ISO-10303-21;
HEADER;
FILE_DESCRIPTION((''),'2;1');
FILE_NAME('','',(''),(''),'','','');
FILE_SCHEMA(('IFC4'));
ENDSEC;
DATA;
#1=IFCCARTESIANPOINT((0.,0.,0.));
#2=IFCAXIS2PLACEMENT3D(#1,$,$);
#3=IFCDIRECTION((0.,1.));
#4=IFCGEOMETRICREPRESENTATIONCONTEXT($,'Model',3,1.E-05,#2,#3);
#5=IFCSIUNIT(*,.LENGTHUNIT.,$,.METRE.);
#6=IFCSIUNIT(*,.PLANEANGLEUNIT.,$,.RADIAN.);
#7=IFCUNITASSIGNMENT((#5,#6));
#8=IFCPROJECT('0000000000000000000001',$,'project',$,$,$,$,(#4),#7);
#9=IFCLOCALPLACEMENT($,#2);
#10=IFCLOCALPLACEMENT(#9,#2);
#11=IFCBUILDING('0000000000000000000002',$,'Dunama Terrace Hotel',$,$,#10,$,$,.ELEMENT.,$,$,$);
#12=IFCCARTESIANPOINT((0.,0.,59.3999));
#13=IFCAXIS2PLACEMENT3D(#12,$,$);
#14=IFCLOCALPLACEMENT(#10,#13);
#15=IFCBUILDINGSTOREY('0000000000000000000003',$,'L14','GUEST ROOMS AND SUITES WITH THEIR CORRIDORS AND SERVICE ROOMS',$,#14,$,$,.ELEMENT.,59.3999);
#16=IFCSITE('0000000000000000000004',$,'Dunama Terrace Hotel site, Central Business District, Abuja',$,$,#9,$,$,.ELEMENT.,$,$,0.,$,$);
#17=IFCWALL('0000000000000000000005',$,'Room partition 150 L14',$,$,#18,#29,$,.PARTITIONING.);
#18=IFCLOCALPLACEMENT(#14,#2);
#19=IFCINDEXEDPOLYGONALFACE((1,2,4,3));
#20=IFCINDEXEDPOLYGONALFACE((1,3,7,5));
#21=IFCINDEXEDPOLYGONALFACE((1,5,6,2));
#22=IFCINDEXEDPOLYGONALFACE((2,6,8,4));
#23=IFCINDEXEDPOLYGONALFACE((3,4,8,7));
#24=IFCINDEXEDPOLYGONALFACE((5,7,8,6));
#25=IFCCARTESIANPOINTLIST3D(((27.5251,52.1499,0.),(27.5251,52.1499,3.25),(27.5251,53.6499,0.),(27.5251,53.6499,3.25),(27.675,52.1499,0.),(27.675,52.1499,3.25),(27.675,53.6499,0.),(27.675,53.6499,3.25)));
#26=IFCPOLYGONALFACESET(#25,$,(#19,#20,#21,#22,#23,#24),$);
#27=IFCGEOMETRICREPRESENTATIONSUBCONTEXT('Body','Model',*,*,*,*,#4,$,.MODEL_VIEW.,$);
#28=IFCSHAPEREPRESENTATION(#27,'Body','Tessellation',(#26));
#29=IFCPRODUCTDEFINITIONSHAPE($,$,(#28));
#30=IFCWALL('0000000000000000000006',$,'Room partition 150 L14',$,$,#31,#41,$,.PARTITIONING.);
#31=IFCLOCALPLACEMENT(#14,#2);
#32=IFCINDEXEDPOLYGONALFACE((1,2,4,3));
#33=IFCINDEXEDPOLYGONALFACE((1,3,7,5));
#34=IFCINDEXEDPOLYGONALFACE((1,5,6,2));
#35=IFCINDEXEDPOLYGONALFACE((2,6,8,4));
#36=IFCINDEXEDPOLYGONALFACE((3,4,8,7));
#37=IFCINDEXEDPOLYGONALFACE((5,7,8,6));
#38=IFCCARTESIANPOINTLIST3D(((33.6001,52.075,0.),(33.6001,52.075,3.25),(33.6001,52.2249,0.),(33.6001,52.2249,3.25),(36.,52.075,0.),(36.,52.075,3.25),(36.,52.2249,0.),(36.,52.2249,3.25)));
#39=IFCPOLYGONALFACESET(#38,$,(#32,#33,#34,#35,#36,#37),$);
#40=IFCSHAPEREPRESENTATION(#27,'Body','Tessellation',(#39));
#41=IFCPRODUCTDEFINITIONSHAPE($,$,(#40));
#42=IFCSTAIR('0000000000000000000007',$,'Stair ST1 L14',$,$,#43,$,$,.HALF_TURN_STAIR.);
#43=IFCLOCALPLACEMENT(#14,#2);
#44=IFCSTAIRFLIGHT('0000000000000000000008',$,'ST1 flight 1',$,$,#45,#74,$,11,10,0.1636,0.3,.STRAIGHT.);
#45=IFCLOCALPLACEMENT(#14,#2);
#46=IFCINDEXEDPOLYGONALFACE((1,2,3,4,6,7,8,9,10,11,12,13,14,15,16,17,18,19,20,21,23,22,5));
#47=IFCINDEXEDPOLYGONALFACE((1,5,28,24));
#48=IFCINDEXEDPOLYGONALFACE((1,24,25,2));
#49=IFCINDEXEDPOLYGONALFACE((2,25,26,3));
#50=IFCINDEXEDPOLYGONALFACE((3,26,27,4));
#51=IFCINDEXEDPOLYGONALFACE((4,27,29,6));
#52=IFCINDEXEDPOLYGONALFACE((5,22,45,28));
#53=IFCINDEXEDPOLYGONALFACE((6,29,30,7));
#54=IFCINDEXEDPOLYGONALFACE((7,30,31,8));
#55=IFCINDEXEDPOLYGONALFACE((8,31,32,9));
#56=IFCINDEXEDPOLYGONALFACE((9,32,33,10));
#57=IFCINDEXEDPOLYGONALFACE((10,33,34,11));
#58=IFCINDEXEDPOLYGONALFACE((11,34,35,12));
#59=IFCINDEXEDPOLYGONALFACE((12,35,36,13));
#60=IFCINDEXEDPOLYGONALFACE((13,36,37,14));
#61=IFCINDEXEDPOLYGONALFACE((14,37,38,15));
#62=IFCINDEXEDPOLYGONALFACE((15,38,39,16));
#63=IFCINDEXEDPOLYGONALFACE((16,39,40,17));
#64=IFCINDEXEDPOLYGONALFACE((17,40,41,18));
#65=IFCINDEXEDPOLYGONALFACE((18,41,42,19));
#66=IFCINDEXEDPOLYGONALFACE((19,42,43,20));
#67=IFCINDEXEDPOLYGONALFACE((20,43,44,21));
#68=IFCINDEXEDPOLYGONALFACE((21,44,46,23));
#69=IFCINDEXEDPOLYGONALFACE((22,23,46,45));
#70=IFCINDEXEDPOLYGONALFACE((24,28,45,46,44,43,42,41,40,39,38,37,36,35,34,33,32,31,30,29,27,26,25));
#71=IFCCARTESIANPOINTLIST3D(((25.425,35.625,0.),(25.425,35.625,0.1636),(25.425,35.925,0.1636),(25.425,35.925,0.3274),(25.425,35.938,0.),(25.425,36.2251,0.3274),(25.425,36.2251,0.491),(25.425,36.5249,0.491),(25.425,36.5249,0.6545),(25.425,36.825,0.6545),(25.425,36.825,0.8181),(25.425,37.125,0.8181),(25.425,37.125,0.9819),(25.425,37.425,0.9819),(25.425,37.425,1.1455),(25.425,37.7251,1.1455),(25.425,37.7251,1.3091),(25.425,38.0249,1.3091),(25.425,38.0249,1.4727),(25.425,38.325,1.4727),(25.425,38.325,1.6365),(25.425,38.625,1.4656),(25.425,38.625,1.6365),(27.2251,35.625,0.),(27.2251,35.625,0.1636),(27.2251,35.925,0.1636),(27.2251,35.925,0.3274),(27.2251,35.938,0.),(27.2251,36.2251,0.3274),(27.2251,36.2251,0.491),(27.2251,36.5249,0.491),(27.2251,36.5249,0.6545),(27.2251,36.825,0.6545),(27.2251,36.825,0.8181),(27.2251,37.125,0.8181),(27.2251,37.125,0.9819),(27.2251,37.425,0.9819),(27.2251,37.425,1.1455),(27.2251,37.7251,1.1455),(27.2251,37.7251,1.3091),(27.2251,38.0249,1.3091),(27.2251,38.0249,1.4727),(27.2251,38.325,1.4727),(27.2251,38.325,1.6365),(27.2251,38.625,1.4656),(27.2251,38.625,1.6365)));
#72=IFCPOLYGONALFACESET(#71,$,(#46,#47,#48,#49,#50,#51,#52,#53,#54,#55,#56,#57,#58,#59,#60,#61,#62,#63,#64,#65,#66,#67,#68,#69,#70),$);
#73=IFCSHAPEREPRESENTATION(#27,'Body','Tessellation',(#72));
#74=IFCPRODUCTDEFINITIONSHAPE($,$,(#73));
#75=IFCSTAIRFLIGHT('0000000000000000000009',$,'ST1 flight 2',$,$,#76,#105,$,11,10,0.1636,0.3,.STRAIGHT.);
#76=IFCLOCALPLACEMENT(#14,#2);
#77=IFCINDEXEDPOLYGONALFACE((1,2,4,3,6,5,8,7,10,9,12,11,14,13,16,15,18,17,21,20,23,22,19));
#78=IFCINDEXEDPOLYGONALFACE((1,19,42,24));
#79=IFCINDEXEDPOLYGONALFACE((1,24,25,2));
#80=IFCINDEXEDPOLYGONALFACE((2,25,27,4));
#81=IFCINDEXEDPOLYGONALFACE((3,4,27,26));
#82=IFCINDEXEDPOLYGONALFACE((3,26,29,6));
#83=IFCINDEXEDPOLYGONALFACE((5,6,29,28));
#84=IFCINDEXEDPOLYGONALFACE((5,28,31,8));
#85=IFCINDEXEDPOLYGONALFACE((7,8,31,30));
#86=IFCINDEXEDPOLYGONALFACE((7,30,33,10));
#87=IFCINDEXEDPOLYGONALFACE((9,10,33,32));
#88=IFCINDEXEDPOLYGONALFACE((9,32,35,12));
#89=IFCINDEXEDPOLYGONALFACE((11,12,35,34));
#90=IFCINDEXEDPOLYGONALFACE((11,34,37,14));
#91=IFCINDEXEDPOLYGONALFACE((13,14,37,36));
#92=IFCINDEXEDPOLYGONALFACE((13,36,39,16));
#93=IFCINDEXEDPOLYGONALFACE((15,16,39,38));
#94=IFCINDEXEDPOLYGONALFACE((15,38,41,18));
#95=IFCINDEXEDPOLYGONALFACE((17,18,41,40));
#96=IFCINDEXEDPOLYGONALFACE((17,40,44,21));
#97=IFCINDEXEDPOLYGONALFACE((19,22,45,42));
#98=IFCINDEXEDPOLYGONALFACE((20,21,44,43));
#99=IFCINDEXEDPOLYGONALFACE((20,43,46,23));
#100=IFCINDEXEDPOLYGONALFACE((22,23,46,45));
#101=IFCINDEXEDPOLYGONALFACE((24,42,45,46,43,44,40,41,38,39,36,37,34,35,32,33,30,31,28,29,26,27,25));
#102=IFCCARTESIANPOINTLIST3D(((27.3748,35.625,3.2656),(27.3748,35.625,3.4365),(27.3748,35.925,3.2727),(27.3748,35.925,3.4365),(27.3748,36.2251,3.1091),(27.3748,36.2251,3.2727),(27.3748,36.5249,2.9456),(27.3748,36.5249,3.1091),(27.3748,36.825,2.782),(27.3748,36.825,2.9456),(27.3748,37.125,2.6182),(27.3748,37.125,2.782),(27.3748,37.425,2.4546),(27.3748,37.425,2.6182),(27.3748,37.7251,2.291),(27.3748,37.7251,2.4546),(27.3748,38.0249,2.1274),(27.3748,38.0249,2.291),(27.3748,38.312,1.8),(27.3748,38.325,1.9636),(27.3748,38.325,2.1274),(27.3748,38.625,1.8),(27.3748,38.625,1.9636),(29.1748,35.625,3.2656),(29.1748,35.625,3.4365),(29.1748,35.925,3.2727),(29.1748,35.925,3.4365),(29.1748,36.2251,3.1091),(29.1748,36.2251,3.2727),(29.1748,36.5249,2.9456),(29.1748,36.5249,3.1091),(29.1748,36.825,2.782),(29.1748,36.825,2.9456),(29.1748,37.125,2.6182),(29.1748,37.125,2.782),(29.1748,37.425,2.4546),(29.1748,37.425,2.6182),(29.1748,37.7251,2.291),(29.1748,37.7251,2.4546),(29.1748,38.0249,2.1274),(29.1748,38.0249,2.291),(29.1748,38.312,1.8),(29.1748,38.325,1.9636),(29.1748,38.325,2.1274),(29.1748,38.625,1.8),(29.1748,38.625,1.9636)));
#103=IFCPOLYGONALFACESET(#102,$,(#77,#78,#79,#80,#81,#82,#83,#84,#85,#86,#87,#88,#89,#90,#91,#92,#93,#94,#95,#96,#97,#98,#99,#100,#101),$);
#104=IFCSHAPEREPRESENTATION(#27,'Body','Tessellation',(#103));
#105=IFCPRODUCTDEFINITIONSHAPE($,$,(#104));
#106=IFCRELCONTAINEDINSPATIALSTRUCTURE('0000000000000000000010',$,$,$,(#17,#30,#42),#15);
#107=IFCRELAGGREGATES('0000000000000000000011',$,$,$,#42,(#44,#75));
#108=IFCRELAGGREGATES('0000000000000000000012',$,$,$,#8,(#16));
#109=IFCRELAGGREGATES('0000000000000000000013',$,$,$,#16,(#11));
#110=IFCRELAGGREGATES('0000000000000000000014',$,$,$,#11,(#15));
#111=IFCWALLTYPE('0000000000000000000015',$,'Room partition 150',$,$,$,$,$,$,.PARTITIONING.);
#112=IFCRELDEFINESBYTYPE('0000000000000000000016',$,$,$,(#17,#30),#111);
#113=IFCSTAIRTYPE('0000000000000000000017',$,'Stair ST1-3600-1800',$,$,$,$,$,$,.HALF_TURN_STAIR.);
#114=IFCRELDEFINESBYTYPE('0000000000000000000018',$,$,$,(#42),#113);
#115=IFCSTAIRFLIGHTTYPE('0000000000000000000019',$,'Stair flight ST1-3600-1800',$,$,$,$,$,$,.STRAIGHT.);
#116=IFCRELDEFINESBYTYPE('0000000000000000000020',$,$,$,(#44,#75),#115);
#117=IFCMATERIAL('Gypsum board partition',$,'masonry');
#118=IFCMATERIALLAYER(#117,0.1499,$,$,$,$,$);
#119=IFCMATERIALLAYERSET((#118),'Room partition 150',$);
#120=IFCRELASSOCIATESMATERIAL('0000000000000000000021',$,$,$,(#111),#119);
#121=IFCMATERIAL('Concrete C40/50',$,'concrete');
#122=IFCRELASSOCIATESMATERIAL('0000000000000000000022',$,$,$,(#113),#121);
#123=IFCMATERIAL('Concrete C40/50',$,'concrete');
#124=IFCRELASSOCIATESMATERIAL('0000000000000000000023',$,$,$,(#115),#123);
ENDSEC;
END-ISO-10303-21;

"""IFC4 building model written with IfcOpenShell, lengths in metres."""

from ifc_helpers import new_model, si_unit, direction, frame, frame_2d, origin, place, context, subcontext, project, spatial, polyline, rectangle, outline, extrude, material, layer, layer_set, type_object, element, aggregate, save


model = new_model("IFC4")

# Units and contexts
model_context = context("Model", 3, precision=1e-05, world=origin(), true_north=direction((0.0, 1.0)))
body_context = subcontext(model_context, "Body", "Model", "MODEL_VIEW")
ifc_project = project(units=[si_unit("LENGTHUNIT", "METRE"), si_unit("PLANEANGLEUNIT", "RADIAN")], contexts=[model_context])

# Site, building, storey
site_placement = place(None, origin())
site = spatial("IfcSite", under=ifc_project, at=site_placement, Name="Dunama Terrace Hotel site, Central Business District, Abuja", CompositionType="ELEMENT", RefElevation=0.0)
building_placement = place(site_placement, origin())
building = spatial("IfcBuilding", under=site, at=building_placement, Name="Dunama Terrace Hotel", CompositionType="ELEMENT")
storey_placement = place(building_placement, frame((0.0, 0.0, 59.3999)))
storey = spatial("IfcBuildingStorey", under=building, at=storey_placement, Name="L14", Description="GUEST ROOMS AND SUITES WITH THEIR CORRIDORS AND SERVICE ROOMS", CompositionType="ELEMENT", Elevation=59.3999)

# Walls
ifc_material_1 = material(Name="Gypsum board partition", Category="masonry")
ifc_layer_1 = layer(ifc_material_1, 0.1499)
ifc_layer_set_1 = layer_set([ifc_layer_1], Name="Room partition 150")
wall_type_1 = type_object("IfcWallType", Name="Room partition 150", PredefinedType="PARTITIONING", material=ifc_layer_set_1)
wall_1_placement = place(storey_placement, frame((27.6001, 52.1499, 0.0), z_axis=(0.0, 0.0, 1.0), x_axis=(0.0, 1.0, 0.0)))
element("IfcWall", 1, at=wall_1_placement, inside=storey, type_object=wall_type_1, Name="Room partition 150 L14", PredefinedType="PARTITIONING", context=body_context, shape_type="SweptSolid", body=[
    extrude(rectangle(XDim=1.5, YDim=0.1499, at=frame_2d((0.75, 0.0))), origin(), (0.0, 0.0, 1.0), 3.25),
])
wall_2_placement = place(storey_placement, frame((33.6001, 52.1499, 0.0), z_axis=(0.0, 0.0, 1.0), x_axis=(1.0, 0.0, 0.0)))
element("IfcWall", 2, at=wall_2_placement, inside=storey, type_object=wall_type_1, Name="Room partition 150 L14", PredefinedType="PARTITIONING", context=body_context, shape_type="SweptSolid", body=[
    extrude(rectangle(XDim=2.3999, YDim=0.1499, at=frame_2d((1.2, 0.0))), origin(), (0.0, 0.0, 1.0), 3.25),
])

# Stair, stair flights
ifc_material_2 = material(Name="Concrete C40/50", Category="concrete")
stair_type = type_object("IfcStairType", Name="Stair ST1-3600-1800", PredefinedType="HALF_TURN_STAIR", material=ifc_material_2)
stair_placement = place(storey_placement, origin())
stair = element("IfcStair", 3, at=stair_placement, inside=storey, type_object=stair_type, Name="Stair ST1 L14", PredefinedType="HALF_TURN_STAIR")
ifc_material_3 = material(Name="Concrete C40/50", Category="concrete")
stair_flight_type = type_object("IfcStairFlightType", Name="Stair flight ST1-3600-1800", PredefinedType="STRAIGHT", material=ifc_material_3)
stair_flight_1_placement = place(storey_placement, frame((26.325, 35.625, 0.0), z_axis=(0.0, 0.0, 1.0), x_axis=(0.0, 1.0, 0.0)))
stair_flight_1 = element("IfcStairFlight", 4, at=stair_flight_1_placement, type_object=stair_flight_type, Name="ST1 flight 1", NumberOfRisers=11, NumberOfTreads=10, PredefinedType="STRAIGHT", RiserHeight=0.1636, TreadLength=0.3, context=body_context, shape_type="SweptSolid", body=[
    extrude(outline(polyline([(0.0, 0.0), (0.0, 0.1636), (0.3, 0.1636), (0.3, 0.3274), (0.6001, 0.3274), (0.6001, 0.491), (0.8999, 0.491), (0.8999, 0.6545), (1.2, 0.6545), (1.2, 0.8181), (1.5, 0.8181), (1.5, 0.9819), (1.8, 0.9819), (1.8, 1.1455), (2.1001, 1.1455), (2.1001, 1.3091), (2.3999, 1.3091), (2.3999, 1.4727), (2.7, 1.4727), (2.7, 1.6365), (3.0, 1.6365), (3.0, 1.8), (3.0, 1.4656), (0.313, 0.0), (0.0, 0.0)])), frame((0.0, 0.8999, 0.0), z_axis=(0.0, -1.0, 0.0), x_axis=(1.0, 0.0, 0.0)), (0.0, 0.0, 1.0), 1.8),
])
stair_flight_2_placement = place(storey_placement, frame((28.2749, 38.625, 1.8), z_axis=(0.0, 0.0, 1.0), x_axis=(0.0, -1.0, 0.0)))
stair_flight_2 = element("IfcStairFlight", 5, at=stair_flight_2_placement, type_object=stair_flight_type, Name="ST1 flight 2", NumberOfRisers=11, NumberOfTreads=10, PredefinedType="STRAIGHT", RiserHeight=0.1636, TreadLength=0.3, context=body_context, shape_type="SweptSolid", body=[
    extrude(outline(polyline([(0.0, 0.0), (0.0, 0.1636), (0.3, 0.1636), (0.3, 0.3274), (0.6001, 0.3274), (0.6001, 0.491), (0.8999, 0.491), (0.8999, 0.6545), (1.2, 0.6545), (1.2, 0.8181), (1.5, 0.8181), (1.5, 0.9819), (1.8, 0.9819), (1.8, 1.1455), (2.1001, 1.1455), (2.1001, 1.3091), (2.3999, 1.3091), (2.3999, 1.4727), (2.7, 1.4727), (2.7, 1.6365), (3.0, 1.6365), (3.0, 1.8), (3.0, 1.4656), (0.313, 0.0), (0.0, 0.0)])), frame((0.0, 0.8999, 0.0), z_axis=(0.0, -1.0, 0.0), x_axis=(1.0, 0.0, 0.0)), (0.0, 0.0, 1.0), 1.8),
])
aggregate(stair, [stair_flight_1, stair_flight_2])

save(model, "model.ifc")
